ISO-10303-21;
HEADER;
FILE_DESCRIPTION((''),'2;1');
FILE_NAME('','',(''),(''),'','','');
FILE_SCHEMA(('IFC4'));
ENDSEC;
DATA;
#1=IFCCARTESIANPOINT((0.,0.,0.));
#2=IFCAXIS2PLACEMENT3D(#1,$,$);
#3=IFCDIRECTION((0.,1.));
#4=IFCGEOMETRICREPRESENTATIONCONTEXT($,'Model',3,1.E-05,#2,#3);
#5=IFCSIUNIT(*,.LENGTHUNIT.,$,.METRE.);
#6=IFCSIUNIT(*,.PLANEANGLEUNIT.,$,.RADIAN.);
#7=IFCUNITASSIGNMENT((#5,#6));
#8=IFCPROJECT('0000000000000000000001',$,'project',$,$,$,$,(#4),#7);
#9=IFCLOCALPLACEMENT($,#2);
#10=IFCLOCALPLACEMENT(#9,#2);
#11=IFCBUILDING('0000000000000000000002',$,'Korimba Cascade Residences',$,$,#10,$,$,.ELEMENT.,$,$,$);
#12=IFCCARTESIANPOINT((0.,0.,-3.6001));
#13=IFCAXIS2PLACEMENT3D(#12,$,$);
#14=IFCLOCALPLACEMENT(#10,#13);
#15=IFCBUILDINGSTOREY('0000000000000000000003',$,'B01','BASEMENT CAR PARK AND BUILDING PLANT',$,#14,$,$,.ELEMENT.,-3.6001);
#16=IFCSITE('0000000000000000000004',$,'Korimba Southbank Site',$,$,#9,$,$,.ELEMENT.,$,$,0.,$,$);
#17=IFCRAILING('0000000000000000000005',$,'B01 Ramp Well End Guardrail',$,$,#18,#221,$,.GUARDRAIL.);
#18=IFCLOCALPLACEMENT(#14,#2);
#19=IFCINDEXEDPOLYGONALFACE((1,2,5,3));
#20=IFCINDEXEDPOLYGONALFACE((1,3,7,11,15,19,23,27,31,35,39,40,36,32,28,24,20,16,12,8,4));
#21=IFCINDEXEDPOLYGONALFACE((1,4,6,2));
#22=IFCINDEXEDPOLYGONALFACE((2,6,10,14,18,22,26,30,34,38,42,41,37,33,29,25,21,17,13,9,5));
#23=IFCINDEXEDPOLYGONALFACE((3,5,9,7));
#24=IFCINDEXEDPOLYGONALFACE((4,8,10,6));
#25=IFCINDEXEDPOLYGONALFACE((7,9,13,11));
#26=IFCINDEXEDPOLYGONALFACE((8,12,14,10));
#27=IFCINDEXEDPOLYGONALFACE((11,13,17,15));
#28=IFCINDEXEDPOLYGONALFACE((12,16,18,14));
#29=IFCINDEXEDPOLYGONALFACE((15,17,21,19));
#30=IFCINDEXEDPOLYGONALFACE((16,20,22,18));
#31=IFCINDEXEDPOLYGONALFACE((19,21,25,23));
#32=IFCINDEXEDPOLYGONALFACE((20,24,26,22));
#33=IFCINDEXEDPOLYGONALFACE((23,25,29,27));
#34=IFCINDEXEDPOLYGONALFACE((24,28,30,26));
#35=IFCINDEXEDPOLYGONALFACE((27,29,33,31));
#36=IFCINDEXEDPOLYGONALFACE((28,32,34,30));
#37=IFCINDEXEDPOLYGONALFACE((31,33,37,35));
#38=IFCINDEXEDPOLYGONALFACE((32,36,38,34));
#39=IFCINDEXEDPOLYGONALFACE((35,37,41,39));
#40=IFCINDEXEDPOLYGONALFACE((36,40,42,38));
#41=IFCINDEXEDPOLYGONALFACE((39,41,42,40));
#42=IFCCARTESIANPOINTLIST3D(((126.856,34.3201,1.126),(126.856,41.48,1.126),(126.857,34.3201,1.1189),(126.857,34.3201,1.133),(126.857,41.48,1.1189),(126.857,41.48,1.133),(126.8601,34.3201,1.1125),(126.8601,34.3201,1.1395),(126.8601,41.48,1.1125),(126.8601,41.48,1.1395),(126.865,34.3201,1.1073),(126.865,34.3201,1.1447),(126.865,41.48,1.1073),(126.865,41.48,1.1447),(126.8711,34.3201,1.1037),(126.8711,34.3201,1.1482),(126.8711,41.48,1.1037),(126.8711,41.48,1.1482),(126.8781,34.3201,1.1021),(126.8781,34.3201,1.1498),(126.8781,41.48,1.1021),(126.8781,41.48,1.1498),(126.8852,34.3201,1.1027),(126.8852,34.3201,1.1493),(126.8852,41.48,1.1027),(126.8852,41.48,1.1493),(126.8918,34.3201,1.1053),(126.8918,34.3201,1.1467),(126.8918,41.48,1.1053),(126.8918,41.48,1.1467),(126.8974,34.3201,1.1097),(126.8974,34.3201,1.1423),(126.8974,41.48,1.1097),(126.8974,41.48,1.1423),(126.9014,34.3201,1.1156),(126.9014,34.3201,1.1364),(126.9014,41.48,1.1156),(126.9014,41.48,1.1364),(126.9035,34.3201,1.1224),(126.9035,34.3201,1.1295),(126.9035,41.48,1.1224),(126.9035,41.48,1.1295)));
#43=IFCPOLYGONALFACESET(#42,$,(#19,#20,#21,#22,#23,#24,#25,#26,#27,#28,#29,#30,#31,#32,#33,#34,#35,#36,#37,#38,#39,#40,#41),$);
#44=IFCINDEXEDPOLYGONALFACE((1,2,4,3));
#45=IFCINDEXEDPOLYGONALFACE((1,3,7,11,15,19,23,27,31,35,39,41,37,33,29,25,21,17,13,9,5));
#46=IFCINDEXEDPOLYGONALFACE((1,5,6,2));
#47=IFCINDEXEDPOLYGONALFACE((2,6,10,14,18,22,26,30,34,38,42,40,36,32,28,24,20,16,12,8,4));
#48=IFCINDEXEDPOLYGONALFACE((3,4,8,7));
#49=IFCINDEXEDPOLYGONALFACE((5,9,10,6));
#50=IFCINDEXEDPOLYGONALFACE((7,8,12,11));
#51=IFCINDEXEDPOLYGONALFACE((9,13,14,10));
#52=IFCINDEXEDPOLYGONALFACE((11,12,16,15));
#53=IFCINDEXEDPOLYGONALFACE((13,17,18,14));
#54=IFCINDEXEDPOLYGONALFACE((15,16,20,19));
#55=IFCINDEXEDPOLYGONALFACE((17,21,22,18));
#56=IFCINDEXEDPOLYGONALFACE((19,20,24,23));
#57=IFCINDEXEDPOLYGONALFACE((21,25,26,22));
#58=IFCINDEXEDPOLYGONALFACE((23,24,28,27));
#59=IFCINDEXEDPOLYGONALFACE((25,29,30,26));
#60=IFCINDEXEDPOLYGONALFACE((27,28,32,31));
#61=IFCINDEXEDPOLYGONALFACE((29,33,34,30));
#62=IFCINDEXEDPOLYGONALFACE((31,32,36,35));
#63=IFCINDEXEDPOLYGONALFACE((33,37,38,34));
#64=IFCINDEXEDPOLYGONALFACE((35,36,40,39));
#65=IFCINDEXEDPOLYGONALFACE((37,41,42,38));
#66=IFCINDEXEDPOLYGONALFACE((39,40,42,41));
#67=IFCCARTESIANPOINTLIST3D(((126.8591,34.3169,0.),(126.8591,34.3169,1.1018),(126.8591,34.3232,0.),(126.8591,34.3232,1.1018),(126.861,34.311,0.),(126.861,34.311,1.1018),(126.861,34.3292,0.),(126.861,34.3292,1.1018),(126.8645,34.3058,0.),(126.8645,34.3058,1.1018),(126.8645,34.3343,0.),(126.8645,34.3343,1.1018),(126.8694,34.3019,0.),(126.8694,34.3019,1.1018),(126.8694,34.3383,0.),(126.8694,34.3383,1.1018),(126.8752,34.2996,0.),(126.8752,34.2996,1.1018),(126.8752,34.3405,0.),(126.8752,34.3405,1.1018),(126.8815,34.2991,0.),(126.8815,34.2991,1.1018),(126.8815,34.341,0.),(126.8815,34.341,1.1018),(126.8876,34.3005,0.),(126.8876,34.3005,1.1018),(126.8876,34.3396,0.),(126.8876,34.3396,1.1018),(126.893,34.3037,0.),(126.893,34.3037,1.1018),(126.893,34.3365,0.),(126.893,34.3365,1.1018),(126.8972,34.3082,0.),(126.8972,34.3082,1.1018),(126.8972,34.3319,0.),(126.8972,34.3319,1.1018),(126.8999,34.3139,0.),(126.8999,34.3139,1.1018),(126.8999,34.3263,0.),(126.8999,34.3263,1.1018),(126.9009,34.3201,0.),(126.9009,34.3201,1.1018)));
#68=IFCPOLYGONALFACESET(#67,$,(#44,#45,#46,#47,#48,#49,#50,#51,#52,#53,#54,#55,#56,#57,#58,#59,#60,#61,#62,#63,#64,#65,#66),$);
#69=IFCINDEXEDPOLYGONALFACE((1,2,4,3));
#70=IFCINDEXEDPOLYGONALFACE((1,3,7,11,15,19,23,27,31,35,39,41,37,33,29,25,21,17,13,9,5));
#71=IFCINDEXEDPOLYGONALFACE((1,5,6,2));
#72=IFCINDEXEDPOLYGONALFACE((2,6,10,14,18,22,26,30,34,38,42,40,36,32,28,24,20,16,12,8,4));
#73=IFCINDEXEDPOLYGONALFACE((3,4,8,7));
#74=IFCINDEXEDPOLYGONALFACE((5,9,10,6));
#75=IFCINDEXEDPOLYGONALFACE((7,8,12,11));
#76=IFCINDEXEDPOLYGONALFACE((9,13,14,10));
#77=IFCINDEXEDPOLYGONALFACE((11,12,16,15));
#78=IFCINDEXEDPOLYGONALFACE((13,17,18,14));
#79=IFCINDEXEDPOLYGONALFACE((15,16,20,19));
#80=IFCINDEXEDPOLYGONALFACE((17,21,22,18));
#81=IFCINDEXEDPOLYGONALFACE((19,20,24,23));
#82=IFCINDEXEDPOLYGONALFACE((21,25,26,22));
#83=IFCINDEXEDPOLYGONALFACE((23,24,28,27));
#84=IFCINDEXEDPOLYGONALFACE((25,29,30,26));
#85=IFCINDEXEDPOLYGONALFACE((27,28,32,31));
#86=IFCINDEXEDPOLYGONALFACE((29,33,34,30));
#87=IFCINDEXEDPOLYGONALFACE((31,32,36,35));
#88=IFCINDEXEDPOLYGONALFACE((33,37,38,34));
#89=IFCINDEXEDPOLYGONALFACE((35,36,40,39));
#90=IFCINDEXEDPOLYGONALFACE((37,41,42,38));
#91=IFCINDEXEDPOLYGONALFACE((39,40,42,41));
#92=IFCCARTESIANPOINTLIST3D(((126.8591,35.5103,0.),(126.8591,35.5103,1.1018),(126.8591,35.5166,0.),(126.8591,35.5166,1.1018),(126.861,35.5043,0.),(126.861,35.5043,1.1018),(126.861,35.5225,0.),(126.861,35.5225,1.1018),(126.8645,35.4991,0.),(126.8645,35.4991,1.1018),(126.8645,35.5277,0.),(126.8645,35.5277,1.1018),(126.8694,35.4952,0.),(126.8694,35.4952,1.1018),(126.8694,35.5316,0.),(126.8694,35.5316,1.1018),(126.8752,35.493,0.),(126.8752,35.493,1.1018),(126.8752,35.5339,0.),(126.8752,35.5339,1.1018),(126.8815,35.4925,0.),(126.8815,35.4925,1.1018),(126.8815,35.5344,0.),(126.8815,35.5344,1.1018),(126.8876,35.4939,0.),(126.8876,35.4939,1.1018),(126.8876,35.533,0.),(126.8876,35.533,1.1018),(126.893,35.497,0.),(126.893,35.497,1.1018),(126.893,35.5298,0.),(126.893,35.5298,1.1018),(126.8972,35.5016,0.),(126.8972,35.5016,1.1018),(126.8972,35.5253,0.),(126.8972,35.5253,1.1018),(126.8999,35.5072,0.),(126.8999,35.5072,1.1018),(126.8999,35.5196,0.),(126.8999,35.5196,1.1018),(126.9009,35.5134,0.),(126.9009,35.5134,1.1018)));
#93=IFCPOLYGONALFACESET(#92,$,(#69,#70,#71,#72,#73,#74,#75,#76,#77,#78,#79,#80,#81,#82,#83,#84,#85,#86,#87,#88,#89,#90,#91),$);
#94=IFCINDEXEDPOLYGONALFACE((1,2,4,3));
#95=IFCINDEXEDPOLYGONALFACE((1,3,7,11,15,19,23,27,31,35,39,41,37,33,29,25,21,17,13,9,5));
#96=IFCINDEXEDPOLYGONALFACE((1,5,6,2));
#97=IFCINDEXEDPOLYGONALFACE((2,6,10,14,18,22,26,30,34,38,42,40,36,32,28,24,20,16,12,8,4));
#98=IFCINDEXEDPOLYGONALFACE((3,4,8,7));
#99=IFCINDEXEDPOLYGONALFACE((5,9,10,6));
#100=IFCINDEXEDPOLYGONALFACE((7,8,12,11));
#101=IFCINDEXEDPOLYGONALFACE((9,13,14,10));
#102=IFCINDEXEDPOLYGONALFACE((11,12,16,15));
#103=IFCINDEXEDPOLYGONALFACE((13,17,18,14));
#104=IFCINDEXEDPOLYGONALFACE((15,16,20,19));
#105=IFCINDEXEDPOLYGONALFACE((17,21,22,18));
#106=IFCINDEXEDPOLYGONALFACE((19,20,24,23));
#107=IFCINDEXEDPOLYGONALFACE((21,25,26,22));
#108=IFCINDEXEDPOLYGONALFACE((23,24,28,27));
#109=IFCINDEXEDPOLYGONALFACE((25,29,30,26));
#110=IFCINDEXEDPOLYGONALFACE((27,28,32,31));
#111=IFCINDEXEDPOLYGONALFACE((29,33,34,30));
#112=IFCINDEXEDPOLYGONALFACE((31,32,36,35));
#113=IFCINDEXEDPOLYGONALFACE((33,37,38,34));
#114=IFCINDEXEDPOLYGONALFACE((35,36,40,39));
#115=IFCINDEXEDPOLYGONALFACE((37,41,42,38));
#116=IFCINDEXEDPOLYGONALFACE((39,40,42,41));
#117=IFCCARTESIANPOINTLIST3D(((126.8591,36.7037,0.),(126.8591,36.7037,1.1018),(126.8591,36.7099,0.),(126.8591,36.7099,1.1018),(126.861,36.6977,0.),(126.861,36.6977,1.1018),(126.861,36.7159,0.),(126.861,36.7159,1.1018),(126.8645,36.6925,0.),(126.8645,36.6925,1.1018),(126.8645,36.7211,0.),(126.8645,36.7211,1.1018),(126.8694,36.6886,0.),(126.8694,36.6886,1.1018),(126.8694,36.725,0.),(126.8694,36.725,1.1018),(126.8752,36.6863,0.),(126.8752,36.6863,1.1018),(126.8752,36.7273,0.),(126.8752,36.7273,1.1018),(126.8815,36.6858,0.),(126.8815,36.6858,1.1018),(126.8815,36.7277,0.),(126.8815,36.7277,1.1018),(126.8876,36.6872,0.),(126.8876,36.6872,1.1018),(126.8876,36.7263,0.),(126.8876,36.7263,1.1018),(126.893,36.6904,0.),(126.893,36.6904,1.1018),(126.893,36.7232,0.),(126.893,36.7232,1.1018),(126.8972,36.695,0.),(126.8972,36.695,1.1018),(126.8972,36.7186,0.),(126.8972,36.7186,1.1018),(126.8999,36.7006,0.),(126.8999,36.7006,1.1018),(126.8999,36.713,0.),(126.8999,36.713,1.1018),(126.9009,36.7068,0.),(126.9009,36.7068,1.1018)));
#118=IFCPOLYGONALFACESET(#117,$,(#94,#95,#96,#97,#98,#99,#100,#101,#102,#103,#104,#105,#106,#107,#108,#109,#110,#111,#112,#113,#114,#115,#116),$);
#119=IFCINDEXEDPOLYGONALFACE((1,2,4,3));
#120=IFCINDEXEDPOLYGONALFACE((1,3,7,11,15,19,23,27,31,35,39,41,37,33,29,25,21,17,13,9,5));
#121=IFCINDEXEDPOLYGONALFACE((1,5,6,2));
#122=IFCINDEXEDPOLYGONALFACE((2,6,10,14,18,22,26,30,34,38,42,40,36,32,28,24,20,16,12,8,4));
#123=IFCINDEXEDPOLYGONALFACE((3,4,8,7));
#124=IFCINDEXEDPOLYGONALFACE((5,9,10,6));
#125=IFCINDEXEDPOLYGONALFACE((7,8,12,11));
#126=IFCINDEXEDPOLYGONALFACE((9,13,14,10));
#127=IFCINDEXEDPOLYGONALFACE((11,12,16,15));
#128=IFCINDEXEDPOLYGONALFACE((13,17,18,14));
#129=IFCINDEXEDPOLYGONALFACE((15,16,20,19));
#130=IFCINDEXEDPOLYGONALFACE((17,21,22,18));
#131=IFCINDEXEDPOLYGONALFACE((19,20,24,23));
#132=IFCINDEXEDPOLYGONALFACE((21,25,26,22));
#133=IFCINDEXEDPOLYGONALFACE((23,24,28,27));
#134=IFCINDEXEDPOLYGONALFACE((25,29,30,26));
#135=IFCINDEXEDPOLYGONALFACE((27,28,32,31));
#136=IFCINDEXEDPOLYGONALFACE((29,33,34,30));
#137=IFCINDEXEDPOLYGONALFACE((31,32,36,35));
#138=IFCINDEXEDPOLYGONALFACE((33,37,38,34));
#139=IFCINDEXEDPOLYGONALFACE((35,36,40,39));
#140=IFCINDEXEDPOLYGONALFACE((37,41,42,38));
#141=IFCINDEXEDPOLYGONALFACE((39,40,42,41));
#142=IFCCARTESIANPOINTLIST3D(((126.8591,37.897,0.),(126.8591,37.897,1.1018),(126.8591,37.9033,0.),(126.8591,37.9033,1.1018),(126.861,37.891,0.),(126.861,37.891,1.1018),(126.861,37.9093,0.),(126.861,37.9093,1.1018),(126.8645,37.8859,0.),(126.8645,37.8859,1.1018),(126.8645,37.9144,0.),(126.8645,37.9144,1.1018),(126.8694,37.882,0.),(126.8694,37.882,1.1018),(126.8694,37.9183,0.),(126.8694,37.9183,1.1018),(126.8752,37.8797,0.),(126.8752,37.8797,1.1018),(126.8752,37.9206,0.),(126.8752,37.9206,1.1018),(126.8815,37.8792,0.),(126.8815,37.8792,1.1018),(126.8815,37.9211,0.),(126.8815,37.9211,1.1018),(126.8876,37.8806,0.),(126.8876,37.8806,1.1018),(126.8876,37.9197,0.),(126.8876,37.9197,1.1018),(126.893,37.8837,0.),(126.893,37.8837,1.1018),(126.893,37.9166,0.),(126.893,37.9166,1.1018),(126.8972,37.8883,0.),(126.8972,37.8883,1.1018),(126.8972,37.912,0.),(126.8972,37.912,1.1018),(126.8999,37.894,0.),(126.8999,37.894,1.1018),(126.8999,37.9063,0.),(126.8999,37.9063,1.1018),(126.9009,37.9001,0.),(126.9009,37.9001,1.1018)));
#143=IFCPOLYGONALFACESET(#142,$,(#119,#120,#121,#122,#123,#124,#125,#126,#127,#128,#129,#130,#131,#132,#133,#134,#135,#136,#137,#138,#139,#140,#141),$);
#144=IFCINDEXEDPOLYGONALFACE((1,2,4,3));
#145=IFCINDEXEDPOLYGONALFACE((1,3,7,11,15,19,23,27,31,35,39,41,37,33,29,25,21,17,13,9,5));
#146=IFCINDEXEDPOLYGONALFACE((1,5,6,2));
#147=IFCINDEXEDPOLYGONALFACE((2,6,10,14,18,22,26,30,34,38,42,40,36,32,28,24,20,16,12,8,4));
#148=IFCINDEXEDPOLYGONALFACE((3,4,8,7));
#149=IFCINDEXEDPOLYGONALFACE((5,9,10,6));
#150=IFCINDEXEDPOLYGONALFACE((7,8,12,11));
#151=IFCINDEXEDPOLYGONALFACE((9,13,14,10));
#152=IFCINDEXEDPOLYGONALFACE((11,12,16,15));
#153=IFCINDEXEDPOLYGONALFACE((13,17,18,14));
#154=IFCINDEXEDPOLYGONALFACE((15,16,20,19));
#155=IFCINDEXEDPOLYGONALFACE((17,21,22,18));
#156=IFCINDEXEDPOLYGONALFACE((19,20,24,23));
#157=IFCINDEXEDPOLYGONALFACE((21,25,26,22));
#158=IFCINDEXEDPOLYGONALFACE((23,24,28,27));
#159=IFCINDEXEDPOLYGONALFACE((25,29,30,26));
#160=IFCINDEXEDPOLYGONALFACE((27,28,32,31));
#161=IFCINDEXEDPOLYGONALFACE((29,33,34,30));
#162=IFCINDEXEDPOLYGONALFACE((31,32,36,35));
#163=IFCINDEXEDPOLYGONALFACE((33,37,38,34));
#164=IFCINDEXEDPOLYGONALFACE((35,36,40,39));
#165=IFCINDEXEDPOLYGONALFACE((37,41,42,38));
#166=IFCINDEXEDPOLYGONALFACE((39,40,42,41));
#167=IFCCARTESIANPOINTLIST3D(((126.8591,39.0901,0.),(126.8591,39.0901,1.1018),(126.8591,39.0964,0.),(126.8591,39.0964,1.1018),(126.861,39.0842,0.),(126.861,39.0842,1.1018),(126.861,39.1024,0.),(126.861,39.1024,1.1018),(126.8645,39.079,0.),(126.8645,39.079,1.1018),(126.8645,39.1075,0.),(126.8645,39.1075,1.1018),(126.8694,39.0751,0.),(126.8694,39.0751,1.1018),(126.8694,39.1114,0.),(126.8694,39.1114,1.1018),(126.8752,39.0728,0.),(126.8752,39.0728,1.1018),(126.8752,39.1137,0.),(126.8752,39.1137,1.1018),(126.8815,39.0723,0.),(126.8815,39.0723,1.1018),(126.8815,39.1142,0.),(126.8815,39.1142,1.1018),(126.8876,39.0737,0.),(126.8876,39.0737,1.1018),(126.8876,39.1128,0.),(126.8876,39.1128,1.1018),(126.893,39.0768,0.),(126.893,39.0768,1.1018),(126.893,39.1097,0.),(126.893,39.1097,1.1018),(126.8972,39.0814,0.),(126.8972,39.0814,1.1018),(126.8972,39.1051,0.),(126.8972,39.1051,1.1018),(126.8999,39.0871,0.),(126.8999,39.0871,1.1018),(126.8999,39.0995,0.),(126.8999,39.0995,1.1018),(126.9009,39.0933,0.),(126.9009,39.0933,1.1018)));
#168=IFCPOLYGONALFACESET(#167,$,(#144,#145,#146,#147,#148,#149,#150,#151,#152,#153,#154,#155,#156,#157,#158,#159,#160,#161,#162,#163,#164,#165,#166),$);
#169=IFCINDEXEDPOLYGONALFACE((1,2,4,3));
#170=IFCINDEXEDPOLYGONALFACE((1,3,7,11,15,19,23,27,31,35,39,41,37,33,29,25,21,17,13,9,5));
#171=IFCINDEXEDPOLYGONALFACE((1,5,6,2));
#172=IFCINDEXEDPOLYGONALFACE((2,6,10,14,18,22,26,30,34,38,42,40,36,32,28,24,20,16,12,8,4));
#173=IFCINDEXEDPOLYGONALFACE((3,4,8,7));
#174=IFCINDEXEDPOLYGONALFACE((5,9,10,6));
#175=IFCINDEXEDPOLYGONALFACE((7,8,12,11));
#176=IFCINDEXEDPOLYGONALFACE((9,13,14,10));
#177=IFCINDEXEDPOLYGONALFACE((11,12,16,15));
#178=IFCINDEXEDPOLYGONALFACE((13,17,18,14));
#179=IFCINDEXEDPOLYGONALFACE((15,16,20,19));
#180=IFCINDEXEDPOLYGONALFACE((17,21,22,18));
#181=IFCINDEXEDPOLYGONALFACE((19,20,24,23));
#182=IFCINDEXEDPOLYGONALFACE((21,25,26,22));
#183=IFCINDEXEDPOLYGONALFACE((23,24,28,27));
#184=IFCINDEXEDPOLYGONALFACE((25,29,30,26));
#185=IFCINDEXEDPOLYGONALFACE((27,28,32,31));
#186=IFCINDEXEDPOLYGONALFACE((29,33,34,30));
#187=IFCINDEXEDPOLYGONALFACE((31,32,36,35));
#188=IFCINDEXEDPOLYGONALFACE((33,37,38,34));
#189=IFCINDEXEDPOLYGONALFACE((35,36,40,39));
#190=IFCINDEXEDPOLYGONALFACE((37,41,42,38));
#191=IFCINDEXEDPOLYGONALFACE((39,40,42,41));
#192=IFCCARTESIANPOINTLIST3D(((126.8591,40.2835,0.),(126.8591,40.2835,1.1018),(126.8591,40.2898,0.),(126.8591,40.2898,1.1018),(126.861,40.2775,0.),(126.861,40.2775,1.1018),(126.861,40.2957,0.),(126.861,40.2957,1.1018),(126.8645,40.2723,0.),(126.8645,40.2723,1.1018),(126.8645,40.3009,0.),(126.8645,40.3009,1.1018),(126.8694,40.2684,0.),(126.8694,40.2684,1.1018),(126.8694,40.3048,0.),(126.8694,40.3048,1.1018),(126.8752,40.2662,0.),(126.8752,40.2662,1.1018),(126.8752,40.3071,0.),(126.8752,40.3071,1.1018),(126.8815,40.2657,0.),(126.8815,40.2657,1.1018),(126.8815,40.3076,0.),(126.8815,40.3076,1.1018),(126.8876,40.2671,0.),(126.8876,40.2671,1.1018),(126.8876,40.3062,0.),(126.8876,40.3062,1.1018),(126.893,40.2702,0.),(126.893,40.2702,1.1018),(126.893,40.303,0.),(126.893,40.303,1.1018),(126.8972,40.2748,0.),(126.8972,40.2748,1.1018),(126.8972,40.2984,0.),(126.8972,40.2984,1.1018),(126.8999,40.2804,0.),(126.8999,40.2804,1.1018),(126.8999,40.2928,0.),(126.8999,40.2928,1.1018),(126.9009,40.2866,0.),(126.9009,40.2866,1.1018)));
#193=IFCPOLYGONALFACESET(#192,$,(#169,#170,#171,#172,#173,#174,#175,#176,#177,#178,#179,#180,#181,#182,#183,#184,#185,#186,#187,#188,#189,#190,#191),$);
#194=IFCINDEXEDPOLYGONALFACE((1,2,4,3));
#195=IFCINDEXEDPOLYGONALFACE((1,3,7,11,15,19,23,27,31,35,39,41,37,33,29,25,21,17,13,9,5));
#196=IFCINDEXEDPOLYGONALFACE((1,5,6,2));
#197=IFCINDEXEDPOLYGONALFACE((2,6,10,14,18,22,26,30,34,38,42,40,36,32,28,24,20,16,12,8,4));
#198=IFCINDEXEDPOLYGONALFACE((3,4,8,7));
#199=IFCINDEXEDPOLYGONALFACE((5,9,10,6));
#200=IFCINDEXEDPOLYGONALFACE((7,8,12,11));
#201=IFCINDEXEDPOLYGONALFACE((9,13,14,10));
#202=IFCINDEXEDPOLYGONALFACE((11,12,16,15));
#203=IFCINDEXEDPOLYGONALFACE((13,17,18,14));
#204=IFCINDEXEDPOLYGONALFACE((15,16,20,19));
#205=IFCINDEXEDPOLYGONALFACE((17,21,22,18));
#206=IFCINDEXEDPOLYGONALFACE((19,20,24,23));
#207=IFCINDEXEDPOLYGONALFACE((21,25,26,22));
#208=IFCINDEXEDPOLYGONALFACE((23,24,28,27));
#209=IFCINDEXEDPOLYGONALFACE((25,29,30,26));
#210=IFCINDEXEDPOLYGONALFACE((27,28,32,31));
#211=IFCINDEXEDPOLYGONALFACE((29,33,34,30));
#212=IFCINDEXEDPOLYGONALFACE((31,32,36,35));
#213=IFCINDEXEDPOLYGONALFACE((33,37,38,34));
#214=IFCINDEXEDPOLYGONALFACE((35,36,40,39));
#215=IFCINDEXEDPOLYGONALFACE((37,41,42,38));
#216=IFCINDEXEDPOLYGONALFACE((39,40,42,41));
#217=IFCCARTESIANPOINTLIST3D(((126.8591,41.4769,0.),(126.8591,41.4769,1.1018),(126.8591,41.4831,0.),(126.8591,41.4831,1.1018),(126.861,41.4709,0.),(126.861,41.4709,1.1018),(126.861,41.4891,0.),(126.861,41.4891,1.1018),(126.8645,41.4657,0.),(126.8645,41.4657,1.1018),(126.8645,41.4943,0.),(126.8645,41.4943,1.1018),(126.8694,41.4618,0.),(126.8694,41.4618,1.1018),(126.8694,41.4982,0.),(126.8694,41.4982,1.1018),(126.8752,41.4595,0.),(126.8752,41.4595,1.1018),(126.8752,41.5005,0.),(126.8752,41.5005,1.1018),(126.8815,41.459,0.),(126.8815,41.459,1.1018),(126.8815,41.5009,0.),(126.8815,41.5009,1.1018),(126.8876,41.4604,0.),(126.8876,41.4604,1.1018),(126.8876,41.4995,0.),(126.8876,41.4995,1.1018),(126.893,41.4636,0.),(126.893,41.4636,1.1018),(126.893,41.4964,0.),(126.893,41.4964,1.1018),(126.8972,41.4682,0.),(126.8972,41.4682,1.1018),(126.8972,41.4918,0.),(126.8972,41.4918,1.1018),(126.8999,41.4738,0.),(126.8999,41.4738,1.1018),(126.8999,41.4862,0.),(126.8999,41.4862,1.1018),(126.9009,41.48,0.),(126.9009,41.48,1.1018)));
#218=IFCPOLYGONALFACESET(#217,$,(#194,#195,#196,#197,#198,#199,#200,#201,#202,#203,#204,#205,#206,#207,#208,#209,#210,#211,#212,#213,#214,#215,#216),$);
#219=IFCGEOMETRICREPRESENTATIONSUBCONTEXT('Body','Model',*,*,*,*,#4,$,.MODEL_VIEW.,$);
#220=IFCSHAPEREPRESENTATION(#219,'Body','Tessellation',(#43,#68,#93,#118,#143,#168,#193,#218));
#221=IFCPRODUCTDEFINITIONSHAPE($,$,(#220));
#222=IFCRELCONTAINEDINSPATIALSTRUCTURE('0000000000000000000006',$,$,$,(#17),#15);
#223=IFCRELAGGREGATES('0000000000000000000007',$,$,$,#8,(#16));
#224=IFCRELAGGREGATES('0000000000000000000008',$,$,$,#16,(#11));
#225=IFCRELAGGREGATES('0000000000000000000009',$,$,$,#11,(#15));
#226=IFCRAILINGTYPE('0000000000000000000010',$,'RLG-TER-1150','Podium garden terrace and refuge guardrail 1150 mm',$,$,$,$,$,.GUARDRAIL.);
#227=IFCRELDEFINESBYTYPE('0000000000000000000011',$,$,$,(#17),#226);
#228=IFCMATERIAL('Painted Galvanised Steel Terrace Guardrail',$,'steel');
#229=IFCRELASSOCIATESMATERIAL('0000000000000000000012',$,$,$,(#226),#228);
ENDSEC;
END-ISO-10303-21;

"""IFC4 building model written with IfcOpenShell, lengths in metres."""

from ifc_helpers import new_model, si_unit, direction, frame, origin, origin_2d, place, context, subcontext, project, spatial, circle, extrude, material, type_object, element, save


model = new_model("IFC4")

# Units and contexts
model_context = context("Model", 3, precision=1e-05, world=origin(), true_north=direction((0.0, 1.0)))
body_context = subcontext(model_context, "Body", "Model", "MODEL_VIEW")
ifc_project = project(units=[si_unit("LENGTHUNIT", "METRE"), si_unit("PLANEANGLEUNIT", "RADIAN")], contexts=[model_context])

# Site, building, storey
site_placement = place(None, origin())
site = spatial("IfcSite", under=ifc_project, at=site_placement, Name="Korimba Southbank Site", CompositionType="ELEMENT", RefElevation=0.0)
building_placement = place(site_placement, origin())
building = spatial("IfcBuilding", under=site, at=building_placement, Name="Korimba Cascade Residences", CompositionType="ELEMENT")
storey_placement = place(building_placement, frame((0.0, 0.0, -3.6001)))
storey = spatial("IfcBuildingStorey", under=building, at=storey_placement, Name="B01", Description="BASEMENT CAR PARK AND BUILDING PLANT", CompositionType="ELEMENT", Elevation=-3.6001)

# Railing
ifc_material_1 = material(Name="Painted Galvanised Steel Terrace Guardrail", Category="steel")
railing_type_1 = type_object("IfcRailingType", Name="RLG-TER-1150", Description="Podium garden terrace and refuge guardrail 1150 mm", PredefinedType="GUARDRAIL", material=ifc_material_1)
railing_1_placement = place(storey_placement, frame((126.8799, 34.3201, 0.0)))
element("IfcRailing", 1, at=railing_1_placement, inside=storey, type_object=railing_type_1, Name="B01 Ramp Well End Guardrail", PredefinedType="GUARDRAIL", context=body_context, shape_type="SweptSolid", body=[
    extrude(circle(Radius=0.0239, at=origin_2d()), frame((0.0, 0.0, 1.126), z_axis=(0.0, 1.0, 0.0), x_axis=(-1.0, 0.0, 0.0)), (0.0, 0.0, 1.0), 7.1599),
    extrude(circle(Radius=0.021, at=origin_2d()), origin(), (0.0, 0.0, 1.0), 1.1018),
    extrude(circle(Radius=0.021, at=origin_2d()), frame((0.0, 1.1934, 0.0)), (0.0, 0.0, 1.0), 1.1018),
    extrude(circle(Radius=0.021, at=origin_2d()), frame((0.0, 2.3867, 0.0)), (0.0, 0.0, 1.0), 1.1018),
    extrude(circle(Radius=0.021, at=origin_2d()), frame((0.0, 3.5801, 0.0)), (0.0, 0.0, 1.0), 1.1018),
    extrude(circle(Radius=0.021, at=origin_2d()), frame((0.0, 4.7732, 0.0)), (0.0, 0.0, 1.0), 1.1018),
    extrude(circle(Radius=0.021, at=origin_2d()), frame((0.0, 5.9666, 0.0)), (0.0, 0.0, 1.0), 1.1018),
    extrude(circle(Radius=0.021, at=origin_2d()), frame((0.0, 7.1599, 0.0)), (0.0, 0.0, 1.0), 1.1018),
])

save(model, "model.ifc")
